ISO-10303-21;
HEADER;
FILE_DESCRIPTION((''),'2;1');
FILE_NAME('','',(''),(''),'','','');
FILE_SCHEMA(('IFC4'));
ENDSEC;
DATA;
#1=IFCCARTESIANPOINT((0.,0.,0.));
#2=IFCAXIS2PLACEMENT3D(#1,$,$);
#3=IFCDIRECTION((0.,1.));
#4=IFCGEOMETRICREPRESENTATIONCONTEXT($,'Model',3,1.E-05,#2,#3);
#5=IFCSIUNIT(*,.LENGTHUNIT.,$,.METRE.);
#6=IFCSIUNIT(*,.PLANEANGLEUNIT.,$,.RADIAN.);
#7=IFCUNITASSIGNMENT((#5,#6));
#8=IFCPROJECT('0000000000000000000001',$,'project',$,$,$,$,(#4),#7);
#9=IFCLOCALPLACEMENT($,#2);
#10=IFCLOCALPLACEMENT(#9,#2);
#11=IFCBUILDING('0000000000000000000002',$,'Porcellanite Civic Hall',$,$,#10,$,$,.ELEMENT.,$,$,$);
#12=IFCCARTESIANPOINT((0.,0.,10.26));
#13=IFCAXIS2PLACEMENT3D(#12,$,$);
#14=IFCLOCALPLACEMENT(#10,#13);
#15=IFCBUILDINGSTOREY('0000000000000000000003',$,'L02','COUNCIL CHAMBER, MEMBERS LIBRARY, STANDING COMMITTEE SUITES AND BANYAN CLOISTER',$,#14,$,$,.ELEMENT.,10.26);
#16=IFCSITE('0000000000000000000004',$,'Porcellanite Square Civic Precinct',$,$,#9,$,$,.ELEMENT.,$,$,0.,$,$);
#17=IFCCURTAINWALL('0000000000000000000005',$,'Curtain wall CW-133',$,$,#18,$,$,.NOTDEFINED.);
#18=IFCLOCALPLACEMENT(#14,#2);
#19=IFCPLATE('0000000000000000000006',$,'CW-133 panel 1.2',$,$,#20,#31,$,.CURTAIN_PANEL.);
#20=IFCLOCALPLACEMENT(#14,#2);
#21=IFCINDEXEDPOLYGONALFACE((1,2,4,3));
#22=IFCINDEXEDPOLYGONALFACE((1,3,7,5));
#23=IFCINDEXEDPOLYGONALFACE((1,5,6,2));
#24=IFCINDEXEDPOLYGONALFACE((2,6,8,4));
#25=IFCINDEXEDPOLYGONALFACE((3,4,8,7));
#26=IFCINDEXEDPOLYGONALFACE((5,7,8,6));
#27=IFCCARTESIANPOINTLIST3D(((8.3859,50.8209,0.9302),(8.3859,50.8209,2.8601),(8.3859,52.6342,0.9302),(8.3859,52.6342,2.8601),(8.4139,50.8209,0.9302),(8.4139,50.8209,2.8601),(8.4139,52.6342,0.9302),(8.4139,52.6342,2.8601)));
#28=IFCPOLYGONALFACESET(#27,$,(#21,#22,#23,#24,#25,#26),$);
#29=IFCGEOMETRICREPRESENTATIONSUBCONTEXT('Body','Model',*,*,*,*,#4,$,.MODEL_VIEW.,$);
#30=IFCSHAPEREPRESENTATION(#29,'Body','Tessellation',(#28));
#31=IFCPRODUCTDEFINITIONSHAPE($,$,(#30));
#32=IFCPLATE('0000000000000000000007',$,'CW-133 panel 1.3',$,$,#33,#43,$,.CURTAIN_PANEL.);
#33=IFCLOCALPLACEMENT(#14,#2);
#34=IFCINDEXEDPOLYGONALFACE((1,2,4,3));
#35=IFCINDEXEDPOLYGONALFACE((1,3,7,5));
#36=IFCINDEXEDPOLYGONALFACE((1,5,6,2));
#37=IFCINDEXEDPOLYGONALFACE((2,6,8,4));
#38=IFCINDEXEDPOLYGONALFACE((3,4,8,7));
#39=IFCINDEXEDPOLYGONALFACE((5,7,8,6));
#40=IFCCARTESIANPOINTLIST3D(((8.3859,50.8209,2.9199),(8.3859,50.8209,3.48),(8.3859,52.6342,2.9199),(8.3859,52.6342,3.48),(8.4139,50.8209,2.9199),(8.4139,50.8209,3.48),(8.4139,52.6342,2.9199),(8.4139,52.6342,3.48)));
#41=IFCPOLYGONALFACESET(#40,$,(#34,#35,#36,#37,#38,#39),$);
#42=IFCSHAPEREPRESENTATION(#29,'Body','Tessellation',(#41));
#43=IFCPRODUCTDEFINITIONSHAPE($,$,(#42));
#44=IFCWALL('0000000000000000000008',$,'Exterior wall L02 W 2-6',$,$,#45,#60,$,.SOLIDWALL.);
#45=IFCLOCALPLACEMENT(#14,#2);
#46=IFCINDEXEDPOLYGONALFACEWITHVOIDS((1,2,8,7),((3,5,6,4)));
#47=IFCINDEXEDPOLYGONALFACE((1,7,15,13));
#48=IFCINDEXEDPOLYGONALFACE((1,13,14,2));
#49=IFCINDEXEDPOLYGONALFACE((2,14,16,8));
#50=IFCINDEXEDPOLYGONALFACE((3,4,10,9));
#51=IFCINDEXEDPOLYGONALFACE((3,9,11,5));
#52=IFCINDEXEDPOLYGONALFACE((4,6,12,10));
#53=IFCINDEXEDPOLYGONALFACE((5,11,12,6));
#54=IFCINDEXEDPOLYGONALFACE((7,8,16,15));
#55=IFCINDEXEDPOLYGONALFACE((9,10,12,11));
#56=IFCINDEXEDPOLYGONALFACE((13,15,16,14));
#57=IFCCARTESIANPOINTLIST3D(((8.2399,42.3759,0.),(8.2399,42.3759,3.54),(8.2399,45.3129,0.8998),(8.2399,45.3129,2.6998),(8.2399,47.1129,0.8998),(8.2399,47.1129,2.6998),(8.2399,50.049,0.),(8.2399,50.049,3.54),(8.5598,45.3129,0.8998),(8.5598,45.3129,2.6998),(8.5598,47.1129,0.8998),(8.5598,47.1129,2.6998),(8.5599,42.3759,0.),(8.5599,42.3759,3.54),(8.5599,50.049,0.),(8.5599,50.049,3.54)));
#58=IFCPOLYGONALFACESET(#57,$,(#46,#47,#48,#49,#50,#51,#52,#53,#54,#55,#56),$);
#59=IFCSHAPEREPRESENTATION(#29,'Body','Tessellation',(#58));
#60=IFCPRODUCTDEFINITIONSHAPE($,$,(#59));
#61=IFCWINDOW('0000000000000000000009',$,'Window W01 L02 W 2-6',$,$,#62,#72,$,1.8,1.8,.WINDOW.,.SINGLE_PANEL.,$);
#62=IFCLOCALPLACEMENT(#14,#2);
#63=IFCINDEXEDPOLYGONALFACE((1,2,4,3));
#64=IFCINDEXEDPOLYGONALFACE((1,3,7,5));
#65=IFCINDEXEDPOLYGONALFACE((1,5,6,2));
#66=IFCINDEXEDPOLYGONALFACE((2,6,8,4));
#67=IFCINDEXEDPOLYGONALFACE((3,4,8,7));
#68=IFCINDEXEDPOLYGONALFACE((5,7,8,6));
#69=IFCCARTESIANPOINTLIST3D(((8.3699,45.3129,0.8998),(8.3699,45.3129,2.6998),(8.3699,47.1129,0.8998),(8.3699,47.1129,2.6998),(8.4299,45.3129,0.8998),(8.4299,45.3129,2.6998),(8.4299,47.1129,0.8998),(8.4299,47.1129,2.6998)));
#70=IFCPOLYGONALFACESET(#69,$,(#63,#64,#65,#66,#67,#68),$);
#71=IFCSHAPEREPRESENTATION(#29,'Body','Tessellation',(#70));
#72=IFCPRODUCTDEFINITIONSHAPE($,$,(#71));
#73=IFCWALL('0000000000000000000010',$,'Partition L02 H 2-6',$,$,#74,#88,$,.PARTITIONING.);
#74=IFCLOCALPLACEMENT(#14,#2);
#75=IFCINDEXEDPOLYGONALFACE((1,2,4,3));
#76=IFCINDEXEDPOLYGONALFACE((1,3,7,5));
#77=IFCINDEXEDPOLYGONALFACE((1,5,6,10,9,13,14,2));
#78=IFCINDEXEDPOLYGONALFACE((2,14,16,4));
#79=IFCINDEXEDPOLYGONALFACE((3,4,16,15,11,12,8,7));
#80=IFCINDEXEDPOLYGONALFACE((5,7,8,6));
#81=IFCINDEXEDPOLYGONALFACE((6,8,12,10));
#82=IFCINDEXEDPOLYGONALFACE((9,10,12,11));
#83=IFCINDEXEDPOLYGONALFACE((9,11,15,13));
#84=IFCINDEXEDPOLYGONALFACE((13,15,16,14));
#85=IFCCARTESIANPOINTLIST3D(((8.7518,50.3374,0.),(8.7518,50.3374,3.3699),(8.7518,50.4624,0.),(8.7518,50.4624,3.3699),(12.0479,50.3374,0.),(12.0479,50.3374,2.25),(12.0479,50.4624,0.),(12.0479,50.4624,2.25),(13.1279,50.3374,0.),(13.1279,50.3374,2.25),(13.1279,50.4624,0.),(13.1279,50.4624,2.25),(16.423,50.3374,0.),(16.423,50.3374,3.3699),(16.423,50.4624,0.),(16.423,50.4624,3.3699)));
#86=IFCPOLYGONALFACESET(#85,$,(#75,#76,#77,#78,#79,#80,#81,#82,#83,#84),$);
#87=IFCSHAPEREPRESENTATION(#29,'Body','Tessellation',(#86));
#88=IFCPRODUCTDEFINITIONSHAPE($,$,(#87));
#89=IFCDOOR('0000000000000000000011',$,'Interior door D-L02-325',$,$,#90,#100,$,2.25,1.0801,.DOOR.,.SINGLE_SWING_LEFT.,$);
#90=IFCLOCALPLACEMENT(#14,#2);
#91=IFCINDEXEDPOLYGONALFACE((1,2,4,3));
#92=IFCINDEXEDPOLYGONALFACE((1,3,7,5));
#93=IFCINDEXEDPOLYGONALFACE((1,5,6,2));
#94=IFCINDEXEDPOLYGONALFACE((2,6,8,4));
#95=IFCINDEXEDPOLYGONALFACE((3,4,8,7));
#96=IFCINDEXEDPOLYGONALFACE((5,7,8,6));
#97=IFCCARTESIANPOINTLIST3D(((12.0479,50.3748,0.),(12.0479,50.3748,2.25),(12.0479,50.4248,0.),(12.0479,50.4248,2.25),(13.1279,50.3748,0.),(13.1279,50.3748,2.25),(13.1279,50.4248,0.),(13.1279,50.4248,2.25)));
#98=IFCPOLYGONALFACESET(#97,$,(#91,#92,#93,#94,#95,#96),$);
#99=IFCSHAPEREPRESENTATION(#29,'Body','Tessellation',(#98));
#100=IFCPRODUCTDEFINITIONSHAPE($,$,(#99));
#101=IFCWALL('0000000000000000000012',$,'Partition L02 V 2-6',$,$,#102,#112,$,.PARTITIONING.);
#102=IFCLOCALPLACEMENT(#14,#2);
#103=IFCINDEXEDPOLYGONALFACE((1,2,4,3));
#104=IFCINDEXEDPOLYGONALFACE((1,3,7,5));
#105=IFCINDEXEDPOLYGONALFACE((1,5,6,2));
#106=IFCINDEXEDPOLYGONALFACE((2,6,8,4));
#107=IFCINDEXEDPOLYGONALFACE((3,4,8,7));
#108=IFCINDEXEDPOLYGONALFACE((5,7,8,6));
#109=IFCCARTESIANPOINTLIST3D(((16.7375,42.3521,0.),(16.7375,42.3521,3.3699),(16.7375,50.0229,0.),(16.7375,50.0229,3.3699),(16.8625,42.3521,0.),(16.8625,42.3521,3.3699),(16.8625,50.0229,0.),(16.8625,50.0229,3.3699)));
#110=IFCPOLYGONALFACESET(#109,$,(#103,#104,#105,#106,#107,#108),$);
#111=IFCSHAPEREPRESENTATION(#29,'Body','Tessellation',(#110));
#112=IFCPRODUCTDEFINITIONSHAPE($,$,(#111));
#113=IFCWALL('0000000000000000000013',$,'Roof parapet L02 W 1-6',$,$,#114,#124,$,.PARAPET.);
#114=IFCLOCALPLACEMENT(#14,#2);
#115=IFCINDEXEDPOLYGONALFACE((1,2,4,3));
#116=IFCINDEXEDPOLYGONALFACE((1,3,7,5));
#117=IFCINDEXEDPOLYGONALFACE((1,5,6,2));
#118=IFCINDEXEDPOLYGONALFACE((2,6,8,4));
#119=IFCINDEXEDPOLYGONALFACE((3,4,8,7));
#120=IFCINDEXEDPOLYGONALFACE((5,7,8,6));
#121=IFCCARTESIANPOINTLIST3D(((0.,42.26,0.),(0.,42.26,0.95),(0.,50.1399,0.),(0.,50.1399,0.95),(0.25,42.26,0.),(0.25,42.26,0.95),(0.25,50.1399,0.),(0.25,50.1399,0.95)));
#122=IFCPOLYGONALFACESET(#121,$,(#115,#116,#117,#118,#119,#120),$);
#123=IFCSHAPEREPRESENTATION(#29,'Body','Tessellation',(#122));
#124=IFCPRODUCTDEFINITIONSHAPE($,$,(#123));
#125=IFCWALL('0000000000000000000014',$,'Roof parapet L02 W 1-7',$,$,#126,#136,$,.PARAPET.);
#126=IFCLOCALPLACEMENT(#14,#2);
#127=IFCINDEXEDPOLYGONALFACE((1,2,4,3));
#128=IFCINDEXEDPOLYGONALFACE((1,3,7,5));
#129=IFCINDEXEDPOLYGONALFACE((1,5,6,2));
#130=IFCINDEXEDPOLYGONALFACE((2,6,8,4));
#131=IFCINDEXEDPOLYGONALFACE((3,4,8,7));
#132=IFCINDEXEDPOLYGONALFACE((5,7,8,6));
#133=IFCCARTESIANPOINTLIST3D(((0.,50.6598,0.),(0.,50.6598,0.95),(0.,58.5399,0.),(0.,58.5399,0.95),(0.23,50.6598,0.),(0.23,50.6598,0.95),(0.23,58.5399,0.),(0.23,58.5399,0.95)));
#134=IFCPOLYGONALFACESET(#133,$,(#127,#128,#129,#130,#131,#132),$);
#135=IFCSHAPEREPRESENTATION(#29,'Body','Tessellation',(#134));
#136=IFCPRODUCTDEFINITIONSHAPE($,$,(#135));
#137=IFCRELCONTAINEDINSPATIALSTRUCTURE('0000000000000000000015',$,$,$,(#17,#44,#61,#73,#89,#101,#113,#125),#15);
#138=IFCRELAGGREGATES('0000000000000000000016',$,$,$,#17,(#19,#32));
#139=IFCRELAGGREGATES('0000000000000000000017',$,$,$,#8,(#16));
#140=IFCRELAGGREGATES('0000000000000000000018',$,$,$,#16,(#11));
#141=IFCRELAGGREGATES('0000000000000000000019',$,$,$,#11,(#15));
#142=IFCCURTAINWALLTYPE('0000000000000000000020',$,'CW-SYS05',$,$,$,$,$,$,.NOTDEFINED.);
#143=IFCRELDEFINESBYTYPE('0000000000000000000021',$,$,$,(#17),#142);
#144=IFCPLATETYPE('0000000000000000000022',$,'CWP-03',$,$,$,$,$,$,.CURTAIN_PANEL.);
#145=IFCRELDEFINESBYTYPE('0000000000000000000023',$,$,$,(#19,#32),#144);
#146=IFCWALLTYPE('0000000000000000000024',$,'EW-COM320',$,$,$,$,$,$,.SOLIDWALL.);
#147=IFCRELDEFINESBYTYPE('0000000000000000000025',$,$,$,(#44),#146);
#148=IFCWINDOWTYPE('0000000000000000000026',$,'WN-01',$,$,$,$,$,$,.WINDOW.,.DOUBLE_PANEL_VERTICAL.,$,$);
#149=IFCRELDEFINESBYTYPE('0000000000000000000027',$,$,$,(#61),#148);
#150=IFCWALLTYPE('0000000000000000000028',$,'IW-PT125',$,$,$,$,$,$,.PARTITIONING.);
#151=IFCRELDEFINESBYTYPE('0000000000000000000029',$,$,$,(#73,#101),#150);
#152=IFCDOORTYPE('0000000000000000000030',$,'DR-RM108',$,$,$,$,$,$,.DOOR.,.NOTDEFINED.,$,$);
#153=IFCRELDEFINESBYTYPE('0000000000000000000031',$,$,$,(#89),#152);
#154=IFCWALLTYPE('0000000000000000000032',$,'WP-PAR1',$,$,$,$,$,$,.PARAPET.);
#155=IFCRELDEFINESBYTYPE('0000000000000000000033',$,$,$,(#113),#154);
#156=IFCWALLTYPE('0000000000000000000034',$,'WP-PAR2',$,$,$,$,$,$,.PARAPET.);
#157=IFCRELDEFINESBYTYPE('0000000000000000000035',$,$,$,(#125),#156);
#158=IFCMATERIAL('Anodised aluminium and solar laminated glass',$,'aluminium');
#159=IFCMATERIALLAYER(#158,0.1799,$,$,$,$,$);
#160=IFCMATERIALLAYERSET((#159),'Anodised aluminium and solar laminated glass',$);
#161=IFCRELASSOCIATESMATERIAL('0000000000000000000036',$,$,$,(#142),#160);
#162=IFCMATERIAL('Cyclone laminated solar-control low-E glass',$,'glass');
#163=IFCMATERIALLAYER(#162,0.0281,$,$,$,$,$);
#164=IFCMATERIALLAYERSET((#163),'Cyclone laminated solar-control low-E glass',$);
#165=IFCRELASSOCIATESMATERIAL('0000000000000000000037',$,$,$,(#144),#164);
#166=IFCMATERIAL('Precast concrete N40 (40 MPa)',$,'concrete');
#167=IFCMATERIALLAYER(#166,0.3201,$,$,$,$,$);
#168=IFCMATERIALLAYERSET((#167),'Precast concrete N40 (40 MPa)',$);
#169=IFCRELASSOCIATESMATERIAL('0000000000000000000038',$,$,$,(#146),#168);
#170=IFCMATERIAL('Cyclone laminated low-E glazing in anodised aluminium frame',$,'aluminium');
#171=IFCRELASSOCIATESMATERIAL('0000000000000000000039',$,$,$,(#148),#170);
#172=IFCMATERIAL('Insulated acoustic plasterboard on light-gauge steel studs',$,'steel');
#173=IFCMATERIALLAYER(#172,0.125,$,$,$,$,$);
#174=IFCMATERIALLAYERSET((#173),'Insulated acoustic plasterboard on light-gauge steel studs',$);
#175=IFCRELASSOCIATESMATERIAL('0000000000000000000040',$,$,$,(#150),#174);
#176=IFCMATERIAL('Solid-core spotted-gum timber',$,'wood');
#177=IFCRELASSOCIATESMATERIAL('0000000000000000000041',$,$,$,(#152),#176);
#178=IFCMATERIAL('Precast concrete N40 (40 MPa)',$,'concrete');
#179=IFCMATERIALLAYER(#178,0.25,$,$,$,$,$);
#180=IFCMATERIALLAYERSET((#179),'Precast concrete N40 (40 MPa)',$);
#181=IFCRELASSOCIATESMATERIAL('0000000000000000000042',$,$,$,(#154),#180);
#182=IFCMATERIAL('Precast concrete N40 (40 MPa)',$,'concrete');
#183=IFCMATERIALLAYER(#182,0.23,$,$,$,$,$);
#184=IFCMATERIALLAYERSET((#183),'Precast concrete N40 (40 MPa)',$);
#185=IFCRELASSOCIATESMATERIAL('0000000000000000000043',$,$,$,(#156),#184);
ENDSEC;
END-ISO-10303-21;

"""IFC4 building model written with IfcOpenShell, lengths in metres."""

from ifc_helpers import new_model, si_unit, direction, frame, frame_2d, origin, origin_2d, place, context, subcontext, project, spatial, rectangle, extrude, material, layer, layer_set, type_object, element, fill, aggregate, save


model = new_model("IFC4")

# Units and contexts
model_context = context("Model", 3, precision=1e-05, world=origin(), true_north=direction((0.0, 1.0)))
body_context = subcontext(model_context, "Body", "Model", "MODEL_VIEW")
ifc_project = project(units=[si_unit("LENGTHUNIT", "METRE"), si_unit("PLANEANGLEUNIT", "RADIAN")], contexts=[model_context])

# Site, building, storey
site_placement = place(None, origin())
site = spatial("IfcSite", under=ifc_project, at=site_placement, Name="Porcellanite Square Civic Precinct", CompositionType="ELEMENT", RefElevation=0.0)
building_placement = place(site_placement, origin())
building = spatial("IfcBuilding", under=site, at=building_placement, Name="Porcellanite Civic Hall", CompositionType="ELEMENT")
storey_placement = place(building_placement, frame((0.0, 0.0, 10.26)))
storey = spatial("IfcBuildingStorey", under=building, at=storey_placement, Name="L02", Description="COUNCIL CHAMBER, MEMBERS LIBRARY, STANDING COMMITTEE SUITES AND BANYAN CLOISTER", CompositionType="ELEMENT", Elevation=10.26)

# Curtain wall
ifc_material_1 = material(Name="Anodised aluminium and solar laminated glass", Category="aluminium")
ifc_layer_1 = layer(ifc_material_1, 0.1799)
ifc_layer_set_1 = layer_set([ifc_layer_1], Name="Anodised aluminium and solar laminated glass")
curtain_wall_type = type_object("IfcCurtainWallType", Name="CW-SYS05", PredefinedType="NOTDEFINED", material=ifc_layer_set_1)
curtain_wall_placement = place(storey_placement, origin())
curtain_wall = element("IfcCurtainWall", 1, at=curtain_wall_placement, inside=storey, type_object=curtain_wall_type, Name="Curtain wall CW-133", PredefinedType="NOTDEFINED")

# Plates
ifc_material_2 = material(Name="Cyclone laminated solar-control low-E glass", Category="glass")
ifc_layer_2 = layer(ifc_material_2, 0.0281)
ifc_layer_set_2 = layer_set([ifc_layer_2], Name="Cyclone laminated solar-control low-E glass")
plate_type = type_object("IfcPlateType", Name="CWP-03", PredefinedType="CURTAIN_PANEL", material=ifc_layer_set_2)
plate_1_placement = place(storey_placement, frame((8.3999, 51.7275, 0.9302), z_axis=(0.0, 0.0, 1.0), x_axis=(0.0, 1.0, 0.0)))
plate_1 = element("IfcPlate", 2, at=plate_1_placement, type_object=plate_type, Name="CW-133 panel 1.2", PredefinedType="CURTAIN_PANEL", context=body_context, shape_type="SweptSolid", body=[
    extrude(rectangle(XDim=1.8132, YDim=0.0281, at=origin_2d()), origin(), (0.0, 0.0, 1.0), 1.9299),
])
plate_2_placement = place(storey_placement, frame((8.3999, 51.7275, 2.9199), z_axis=(0.0, 0.0, 1.0), x_axis=(0.0, 1.0, 0.0)))
plate_2 = element("IfcPlate", 3, at=plate_2_placement, type_object=plate_type, Name="CW-133 panel 1.3", PredefinedType="CURTAIN_PANEL", context=body_context, shape_type="SweptSolid", body=[
    extrude(rectangle(XDim=1.8132, YDim=0.0281, at=origin_2d()), origin(), (0.0, 0.0, 1.0), 0.5601),
])
aggregate(curtain_wall, [plate_1, plate_2])

# Wall, opening, window
ifc_material_3 = material(Name="Precast concrete N40 (40 MPa)", Category="concrete")
ifc_layer_3 = layer(ifc_material_3, 0.3201)
ifc_layer_set_3 = layer_set([ifc_layer_3], Name="Precast concrete N40 (40 MPa)")
wall_type_1 = type_object("IfcWallType", Name="EW-COM320", PredefinedType="SOLIDWALL", material=ifc_layer_set_3)
wall_1_placement = place(storey_placement, frame((8.3999, 42.376, 0.0), z_axis=(0.0, 0.0, 1.0), x_axis=(0.0, 1.0, 0.0)))
wall_1 = element("IfcWall", 4, at=wall_1_placement, inside=storey, type_object=wall_type_1, Name="Exterior wall L02 W 2-6", PredefinedType="SOLIDWALL", context=body_context, shape_type="SweptSolid", body=[
    extrude(rectangle(XDim=7.6731, YDim=0.3201, at=frame_2d((3.8364, 0.0))), origin(), (0.0, 0.0, 1.0), 3.54),
])
opening_1_placement = place(wall_1_placement, frame((2.937, 0.0, 0.8999)))
opening_1 = element("IfcOpeningElement", 5, at=opening_1_placement, cuts=wall_1, PredefinedType="OPENING", context=body_context, shape_type="SweptSolid", body=[
    extrude(rectangle(XDim=1.8, YDim=1.8, at=frame_2d((0.8999, 0.8999))), frame((0.0, 0.1602, 0.0), z_axis=(0.0, -1.0, 0.0), x_axis=(1.0, 0.0, 0.0)), (0.0, 0.0, 1.0), 0.3201),
])
ifc_material_4 = material(Name="Cyclone laminated low-E glazing in anodised aluminium frame", Category="aluminium")
window_type = type_object("IfcWindowType", Name="WN-01", PartitioningType="DOUBLE_PANEL_VERTICAL", PredefinedType="WINDOW", material=ifc_material_4)
window_placement = place(opening_1_placement, origin())
window = element("IfcWindow", 6, at=window_placement, inside=storey, type_object=window_type, Name="Window W01 L02 W 2-6", OverallHeight=1.8, OverallWidth=1.8, PartitioningType="SINGLE_PANEL", PredefinedType="WINDOW", context=body_context, shape_type="SweptSolid", body=[
    extrude(rectangle(XDim=1.8, YDim=1.8, at=frame_2d((0.8999, 0.8999))), frame((0.0, 0.03, 0.0), z_axis=(0.0, -1.0, 0.0), x_axis=(1.0, 0.0, 0.0)), (0.0, 0.0, 1.0), 0.0601),
])
fill(opening_1, window)

# Wall, opening, door
ifc_material_5 = material(Name="Insulated acoustic plasterboard on light-gauge steel studs", Category="steel")
ifc_layer_4 = layer(ifc_material_5, 0.125)
ifc_layer_set_4 = layer_set([ifc_layer_4], Name="Insulated acoustic plasterboard on light-gauge steel studs")
wall_type_2 = type_object("IfcWallType", Name="IW-PT125", PredefinedType="PARTITIONING", material=ifc_layer_set_4)
wall_2_placement = place(storey_placement, frame((8.752, 50.3999, 0.0), z_axis=(0.0, 0.0, 1.0), x_axis=(1.0, 0.0, 0.0)))
wall_2 = element("IfcWall", 7, at=wall_2_placement, inside=storey, type_object=wall_type_2, Name="Partition L02 H 2-6", PredefinedType="PARTITIONING", context=body_context, shape_type="SweptSolid", body=[
    extrude(rectangle(XDim=7.6711, YDim=0.125, at=frame_2d((3.8354, 0.0))), origin(), (0.0, 0.0, 1.0), 3.3699),
])
opening_2_placement = place(wall_2_placement, frame((3.2959, 0.0, 0.0)))
opening_2 = element("IfcOpeningElement", 8, at=opening_2_placement, cuts=wall_2, PredefinedType="OPENING", context=body_context, shape_type="SweptSolid", body=[
    extrude(rectangle(XDim=1.0801, YDim=2.25, at=frame_2d((0.54, 1.125))), frame((0.0, 0.0625, 0.0), z_axis=(0.0, -1.0, 0.0), x_axis=(1.0, 0.0, 0.0)), (0.0, 0.0, 1.0), 0.125),
])
ifc_material_6 = material(Name="Solid-core spotted-gum timber", Category="wood")
door_type = type_object("IfcDoorType", Name="DR-RM108", OperationType="NOTDEFINED", PredefinedType="DOOR", material=ifc_material_6)
door_placement = place(opening_2_placement, origin())
door = element("IfcDoor", 9, at=door_placement, inside=storey, type_object=door_type, Name="Interior door D-L02-325", OperationType="SINGLE_SWING_LEFT", OverallHeight=2.25, OverallWidth=1.0801, PredefinedType="DOOR", context=body_context, shape_type="SweptSolid", body=[
    extrude(rectangle(XDim=1.0801, YDim=2.25, at=frame_2d((0.54, 1.125))), frame((0.0, 0.0249, 0.0), z_axis=(0.0, -1.0, 0.0), x_axis=(1.0, 0.0, 0.0)), (0.0, 0.0, 1.0), 0.05),
])
fill(opening_2, door)

# Walls
wall_3_placement = place(storey_placement, frame((16.8, 42.3521, 0.0), z_axis=(0.0, 0.0, 1.0), x_axis=(0.0, 1.0, 0.0)))
element("IfcWall", 10, at=wall_3_placement, inside=storey, type_object=wall_type_2, Name="Partition L02 V 2-6", PredefinedType="PARTITIONING", context=body_context, shape_type="SweptSolid", body=[
    extrude(rectangle(XDim=7.6709, YDim=0.125, at=frame_2d((3.8354, 0.0))), origin(), (0.0, 0.0, 1.0), 3.3699),
])
ifc_material_7 = material(Name="Precast concrete N40 (40 MPa)", Category="concrete")
ifc_layer_5 = layer(ifc_material_7, 0.25)
ifc_layer_set_5 = layer_set([ifc_layer_5], Name="Precast concrete N40 (40 MPa)")
wall_type_3 = type_object("IfcWallType", Name="WP-PAR1", PredefinedType="PARAPET", material=ifc_layer_set_5)
wall_4_placement = place(storey_placement, frame((0.125, 42.26, 0.0), z_axis=(0.0, 0.0, 1.0), x_axis=(0.0, 1.0, 0.0)))
element("IfcWall", 11, at=wall_4_placement, inside=storey, type_object=wall_type_3, Name="Roof parapet L02 W 1-6", PredefinedType="PARAPET", context=body_context, shape_type="SweptSolid", body=[
    extrude(rectangle(XDim=7.8799, YDim=0.25, at=frame_2d((3.9399, 0.0))), origin(), (0.0, 0.0, 1.0), 0.95),
])
ifc_material_8 = material(Name="Precast concrete N40 (40 MPa)", Category="concrete")
ifc_layer_6 = layer(ifc_material_8, 0.23)
ifc_layer_set_6 = layer_set([ifc_layer_6], Name="Precast concrete N40 (40 MPa)")
wall_type_4 = type_object("IfcWallType", Name="WP-PAR2", PredefinedType="PARAPET", material=ifc_layer_set_6)
wall_5_placement = place(storey_placement, frame((0.115, 50.6599, 0.0), z_axis=(0.0, 0.0, 1.0), x_axis=(0.0, 1.0, 0.0)))
element("IfcWall", 12, at=wall_5_placement, inside=storey, type_object=wall_type_4, Name="Roof parapet L02 W 1-7", PredefinedType="PARAPET", context=body_context, shape_type="SweptSolid", body=[
    extrude(rectangle(XDim=7.8801, YDim=0.23, at=frame_2d((3.9399, 0.0))), origin(), (0.0, 0.0, 1.0), 0.95),
])

save(model, "model.ifc")
